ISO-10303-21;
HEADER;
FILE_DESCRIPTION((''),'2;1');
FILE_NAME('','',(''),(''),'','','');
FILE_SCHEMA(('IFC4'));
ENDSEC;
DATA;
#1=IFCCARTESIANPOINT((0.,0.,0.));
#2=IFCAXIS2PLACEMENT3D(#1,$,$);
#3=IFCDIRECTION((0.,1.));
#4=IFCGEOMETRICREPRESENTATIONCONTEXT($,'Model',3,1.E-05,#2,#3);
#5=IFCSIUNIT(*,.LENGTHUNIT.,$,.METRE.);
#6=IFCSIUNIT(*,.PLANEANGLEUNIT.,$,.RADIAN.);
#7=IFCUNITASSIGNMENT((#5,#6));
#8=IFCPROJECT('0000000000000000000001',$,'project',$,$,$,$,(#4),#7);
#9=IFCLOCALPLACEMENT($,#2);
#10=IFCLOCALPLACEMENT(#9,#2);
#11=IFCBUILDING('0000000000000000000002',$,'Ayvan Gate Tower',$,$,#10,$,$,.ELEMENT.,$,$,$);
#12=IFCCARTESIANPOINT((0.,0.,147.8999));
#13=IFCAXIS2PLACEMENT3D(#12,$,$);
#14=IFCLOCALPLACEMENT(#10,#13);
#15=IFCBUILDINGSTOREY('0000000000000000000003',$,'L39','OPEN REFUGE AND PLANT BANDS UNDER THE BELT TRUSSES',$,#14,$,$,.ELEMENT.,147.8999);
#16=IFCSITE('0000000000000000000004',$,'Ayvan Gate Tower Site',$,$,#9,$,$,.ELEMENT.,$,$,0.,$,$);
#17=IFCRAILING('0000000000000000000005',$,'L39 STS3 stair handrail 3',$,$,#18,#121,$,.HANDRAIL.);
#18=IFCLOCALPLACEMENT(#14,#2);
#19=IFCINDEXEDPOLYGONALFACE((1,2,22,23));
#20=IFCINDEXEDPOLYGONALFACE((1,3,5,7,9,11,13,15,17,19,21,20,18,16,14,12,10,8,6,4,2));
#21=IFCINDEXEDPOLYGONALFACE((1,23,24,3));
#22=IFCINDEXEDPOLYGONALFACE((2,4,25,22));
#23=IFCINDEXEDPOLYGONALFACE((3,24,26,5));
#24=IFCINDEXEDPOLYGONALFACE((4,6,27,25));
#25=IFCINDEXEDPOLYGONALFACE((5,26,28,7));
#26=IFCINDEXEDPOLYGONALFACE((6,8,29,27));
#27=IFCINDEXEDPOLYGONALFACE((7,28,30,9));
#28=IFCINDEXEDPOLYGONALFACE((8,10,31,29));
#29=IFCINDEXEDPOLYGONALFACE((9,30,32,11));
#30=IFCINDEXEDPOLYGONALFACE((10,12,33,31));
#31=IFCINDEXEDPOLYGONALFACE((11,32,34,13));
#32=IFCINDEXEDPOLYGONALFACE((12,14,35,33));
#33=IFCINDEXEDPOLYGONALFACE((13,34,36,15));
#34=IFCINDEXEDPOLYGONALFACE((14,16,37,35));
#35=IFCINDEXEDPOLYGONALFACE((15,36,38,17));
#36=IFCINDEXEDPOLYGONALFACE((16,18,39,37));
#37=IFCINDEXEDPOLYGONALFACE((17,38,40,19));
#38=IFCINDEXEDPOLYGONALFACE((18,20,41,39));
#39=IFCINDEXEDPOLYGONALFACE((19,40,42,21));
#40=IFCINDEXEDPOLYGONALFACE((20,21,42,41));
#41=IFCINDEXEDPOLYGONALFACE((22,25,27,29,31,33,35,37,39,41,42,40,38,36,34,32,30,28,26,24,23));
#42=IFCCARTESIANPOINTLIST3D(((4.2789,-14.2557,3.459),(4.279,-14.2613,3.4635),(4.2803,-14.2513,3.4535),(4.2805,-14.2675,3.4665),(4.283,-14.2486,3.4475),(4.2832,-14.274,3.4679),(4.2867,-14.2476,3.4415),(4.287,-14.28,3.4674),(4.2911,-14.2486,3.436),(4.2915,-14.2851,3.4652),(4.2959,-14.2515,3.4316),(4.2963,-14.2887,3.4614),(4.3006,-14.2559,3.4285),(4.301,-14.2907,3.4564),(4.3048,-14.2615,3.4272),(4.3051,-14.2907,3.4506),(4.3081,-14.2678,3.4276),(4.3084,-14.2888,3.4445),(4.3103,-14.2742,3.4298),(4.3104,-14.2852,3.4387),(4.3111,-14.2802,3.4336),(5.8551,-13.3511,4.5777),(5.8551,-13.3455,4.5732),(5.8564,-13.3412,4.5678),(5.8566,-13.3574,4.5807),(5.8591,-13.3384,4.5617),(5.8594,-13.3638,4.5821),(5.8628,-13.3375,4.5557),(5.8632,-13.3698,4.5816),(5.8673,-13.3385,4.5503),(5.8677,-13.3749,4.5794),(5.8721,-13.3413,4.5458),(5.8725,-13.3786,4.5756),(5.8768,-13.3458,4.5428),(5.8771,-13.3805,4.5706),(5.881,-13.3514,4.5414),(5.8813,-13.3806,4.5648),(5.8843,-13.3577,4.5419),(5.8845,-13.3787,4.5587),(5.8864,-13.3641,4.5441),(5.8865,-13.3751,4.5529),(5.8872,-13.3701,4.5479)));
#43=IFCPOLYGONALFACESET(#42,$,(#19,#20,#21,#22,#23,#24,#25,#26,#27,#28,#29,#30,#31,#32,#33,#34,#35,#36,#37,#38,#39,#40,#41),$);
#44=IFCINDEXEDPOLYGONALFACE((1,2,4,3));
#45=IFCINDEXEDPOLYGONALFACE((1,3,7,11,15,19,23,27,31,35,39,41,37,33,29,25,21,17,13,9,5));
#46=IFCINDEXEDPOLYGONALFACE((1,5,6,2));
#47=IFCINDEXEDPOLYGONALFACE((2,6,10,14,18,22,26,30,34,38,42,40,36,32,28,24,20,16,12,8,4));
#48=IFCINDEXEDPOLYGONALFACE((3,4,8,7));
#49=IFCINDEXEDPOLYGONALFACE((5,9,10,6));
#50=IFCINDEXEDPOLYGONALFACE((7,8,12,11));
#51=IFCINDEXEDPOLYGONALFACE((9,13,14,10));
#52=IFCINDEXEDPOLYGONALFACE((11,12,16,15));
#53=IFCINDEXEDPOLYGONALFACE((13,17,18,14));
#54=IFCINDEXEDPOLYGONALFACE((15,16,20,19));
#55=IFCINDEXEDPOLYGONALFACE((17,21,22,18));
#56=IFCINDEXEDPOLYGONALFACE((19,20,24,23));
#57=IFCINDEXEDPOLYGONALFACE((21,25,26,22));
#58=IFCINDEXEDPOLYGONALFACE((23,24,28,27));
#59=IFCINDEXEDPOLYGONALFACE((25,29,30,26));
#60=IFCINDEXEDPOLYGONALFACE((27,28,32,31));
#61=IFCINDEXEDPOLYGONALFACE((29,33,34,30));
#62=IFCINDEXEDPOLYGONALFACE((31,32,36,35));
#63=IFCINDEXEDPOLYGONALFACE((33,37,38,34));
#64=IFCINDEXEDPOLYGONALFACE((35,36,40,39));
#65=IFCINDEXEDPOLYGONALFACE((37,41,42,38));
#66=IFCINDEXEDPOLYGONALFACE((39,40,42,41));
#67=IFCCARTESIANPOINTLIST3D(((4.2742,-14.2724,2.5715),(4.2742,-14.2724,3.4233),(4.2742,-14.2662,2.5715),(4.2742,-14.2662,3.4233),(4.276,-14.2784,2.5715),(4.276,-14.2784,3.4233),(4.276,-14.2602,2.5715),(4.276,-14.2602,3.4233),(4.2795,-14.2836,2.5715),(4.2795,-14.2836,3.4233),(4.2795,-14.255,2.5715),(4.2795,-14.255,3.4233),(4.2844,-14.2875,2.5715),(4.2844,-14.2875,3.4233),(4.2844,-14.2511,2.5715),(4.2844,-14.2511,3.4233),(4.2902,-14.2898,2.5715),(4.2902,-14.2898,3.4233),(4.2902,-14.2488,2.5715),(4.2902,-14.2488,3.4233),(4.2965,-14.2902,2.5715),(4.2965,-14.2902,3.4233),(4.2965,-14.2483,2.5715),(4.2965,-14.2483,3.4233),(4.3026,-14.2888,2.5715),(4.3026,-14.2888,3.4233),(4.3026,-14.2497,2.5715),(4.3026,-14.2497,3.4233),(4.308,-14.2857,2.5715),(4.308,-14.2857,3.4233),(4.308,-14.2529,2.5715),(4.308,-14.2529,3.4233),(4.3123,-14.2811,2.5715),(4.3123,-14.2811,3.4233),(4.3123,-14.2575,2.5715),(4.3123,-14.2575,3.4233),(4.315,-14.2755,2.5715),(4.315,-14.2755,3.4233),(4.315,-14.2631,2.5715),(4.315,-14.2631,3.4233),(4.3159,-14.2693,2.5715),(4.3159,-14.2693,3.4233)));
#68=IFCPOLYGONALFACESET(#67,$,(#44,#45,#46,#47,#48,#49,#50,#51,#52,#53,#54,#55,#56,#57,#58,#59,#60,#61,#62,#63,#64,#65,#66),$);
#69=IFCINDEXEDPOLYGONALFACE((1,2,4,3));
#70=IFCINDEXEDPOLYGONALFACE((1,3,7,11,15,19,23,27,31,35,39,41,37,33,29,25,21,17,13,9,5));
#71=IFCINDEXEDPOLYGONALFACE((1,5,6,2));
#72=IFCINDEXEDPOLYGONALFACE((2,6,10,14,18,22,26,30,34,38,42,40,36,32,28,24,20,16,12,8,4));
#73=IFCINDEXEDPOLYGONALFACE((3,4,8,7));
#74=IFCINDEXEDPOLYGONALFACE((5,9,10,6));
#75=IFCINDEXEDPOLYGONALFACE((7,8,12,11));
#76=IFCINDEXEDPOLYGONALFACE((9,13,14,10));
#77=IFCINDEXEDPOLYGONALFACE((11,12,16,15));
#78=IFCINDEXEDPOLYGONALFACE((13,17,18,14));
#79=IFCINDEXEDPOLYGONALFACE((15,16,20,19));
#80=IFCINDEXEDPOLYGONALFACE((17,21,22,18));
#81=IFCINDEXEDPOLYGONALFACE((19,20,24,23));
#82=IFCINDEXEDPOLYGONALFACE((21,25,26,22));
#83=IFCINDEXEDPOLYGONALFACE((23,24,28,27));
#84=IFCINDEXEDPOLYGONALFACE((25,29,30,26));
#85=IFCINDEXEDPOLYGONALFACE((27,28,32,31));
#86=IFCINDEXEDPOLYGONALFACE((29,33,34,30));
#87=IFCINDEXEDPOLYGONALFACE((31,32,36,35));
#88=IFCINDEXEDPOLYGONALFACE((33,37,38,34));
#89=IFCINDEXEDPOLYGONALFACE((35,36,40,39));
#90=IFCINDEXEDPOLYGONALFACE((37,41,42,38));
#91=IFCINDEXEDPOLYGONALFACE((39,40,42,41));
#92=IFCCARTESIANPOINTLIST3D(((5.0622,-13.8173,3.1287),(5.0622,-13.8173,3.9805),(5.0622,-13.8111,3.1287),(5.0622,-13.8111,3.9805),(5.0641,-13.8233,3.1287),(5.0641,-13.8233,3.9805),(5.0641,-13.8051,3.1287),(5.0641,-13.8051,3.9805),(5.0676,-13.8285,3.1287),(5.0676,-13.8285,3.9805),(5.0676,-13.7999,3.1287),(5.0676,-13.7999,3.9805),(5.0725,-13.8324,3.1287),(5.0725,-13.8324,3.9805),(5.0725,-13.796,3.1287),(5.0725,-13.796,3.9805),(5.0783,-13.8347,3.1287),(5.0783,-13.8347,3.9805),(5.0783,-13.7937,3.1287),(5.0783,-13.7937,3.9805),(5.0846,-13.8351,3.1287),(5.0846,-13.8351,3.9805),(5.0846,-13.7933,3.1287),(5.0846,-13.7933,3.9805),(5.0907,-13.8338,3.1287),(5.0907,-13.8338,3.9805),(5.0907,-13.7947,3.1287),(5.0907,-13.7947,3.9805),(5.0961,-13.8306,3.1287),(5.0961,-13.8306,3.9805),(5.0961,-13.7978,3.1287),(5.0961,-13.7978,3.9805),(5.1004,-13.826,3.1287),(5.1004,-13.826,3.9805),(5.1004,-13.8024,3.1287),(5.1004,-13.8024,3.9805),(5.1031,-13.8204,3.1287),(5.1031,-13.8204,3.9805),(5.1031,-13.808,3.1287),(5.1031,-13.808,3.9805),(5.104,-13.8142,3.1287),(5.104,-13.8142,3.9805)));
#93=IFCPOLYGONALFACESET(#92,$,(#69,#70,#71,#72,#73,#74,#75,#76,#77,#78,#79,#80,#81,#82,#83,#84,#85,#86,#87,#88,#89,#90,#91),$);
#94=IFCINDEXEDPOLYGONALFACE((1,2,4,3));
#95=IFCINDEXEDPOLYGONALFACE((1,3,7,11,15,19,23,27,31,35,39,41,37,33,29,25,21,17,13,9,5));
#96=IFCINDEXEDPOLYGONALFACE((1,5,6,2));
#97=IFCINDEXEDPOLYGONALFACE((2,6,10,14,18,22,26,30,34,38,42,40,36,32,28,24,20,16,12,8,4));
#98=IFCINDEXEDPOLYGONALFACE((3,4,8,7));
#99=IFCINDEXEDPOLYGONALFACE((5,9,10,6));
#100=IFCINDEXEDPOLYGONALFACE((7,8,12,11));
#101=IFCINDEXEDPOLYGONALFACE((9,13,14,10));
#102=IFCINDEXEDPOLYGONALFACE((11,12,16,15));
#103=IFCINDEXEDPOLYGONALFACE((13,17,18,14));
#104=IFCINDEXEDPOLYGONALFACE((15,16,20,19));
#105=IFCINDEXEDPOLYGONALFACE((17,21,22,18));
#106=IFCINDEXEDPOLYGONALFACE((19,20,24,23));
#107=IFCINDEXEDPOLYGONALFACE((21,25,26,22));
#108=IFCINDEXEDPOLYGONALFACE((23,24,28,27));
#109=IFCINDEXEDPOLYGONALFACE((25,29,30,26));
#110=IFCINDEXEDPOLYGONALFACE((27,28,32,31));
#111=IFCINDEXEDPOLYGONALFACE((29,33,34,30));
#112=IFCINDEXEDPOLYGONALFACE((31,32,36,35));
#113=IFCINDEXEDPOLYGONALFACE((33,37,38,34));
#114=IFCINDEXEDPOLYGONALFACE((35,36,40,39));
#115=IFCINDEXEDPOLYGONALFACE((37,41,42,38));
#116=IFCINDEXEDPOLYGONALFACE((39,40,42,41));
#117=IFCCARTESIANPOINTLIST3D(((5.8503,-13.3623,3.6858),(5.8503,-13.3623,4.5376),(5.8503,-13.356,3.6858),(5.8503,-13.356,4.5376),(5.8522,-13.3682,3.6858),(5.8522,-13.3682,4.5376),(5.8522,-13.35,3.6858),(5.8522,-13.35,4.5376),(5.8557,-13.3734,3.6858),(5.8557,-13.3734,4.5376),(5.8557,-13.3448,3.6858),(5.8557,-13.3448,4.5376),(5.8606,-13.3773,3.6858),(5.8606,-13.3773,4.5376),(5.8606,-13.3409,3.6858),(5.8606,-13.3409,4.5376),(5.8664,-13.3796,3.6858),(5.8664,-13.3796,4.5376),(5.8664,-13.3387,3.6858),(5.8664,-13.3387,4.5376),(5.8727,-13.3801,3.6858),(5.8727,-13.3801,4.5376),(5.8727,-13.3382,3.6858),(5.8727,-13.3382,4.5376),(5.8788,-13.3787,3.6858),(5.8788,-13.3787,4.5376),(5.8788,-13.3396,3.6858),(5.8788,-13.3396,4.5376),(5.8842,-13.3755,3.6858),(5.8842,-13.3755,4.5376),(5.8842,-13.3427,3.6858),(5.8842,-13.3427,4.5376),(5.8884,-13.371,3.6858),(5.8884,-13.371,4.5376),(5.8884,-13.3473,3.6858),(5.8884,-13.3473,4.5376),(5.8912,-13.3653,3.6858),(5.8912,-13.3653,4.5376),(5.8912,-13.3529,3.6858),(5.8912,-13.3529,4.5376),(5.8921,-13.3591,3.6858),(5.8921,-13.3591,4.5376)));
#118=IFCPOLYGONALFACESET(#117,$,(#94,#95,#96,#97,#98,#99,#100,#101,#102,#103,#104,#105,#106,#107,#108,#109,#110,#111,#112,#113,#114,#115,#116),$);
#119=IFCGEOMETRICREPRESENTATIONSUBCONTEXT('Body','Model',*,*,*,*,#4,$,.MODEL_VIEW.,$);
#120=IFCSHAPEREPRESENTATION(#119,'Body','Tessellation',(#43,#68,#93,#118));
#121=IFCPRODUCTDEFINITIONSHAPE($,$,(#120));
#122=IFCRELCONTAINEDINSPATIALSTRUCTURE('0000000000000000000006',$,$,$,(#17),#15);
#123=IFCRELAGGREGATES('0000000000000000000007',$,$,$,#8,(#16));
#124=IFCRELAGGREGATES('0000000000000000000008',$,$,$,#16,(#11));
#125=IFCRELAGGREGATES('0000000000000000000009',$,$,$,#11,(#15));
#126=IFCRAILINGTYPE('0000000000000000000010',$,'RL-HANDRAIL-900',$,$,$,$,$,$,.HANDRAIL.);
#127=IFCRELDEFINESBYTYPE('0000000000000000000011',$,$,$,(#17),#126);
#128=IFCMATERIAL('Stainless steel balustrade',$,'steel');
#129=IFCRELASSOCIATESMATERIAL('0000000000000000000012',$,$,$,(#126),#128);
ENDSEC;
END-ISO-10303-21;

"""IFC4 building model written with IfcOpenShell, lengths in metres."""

from ifc_helpers import new_model, si_unit, direction, frame, origin, origin_2d, place, context, subcontext, project, spatial, circle, extrude, material, type_object, element, save


model = new_model("IFC4")

# Units and contexts
model_context = context("Model", 3, precision=1e-05, world=origin(), true_north=direction((0.0, 1.0)))
body_context = subcontext(model_context, "Body", "Model", "MODEL_VIEW")
ifc_project = project(units=[si_unit("LENGTHUNIT", "METRE"), si_unit("PLANEANGLEUNIT", "RADIAN")], contexts=[model_context])

# Site, building, storey
site_placement = place(None, origin())
site = spatial("IfcSite", under=ifc_project, at=site_placement, Name="Ayvan Gate Tower Site", CompositionType="ELEMENT", RefElevation=0.0)
building_placement = place(site_placement, origin())
building = spatial("IfcBuilding", under=site, at=building_placement, Name="Ayvan Gate Tower", CompositionType="ELEMENT")
storey_placement = place(building_placement, frame((0.0, 0.0, 147.8999)))
storey = spatial("IfcBuildingStorey", under=building, at=storey_placement, Name="L39", Description="OPEN REFUGE AND PLANT BANDS UNDER THE BELT TRUSSES", CompositionType="ELEMENT", Elevation=147.8999)

# Railing
ifc_material_1 = material(Name="Stainless steel balustrade", Category="steel")
railing_type_1 = type_object("IfcRailingType", Name="RL-HANDRAIL-900", PredefinedType="HANDRAIL", material=ifc_material_1)
railing_1_placement = place(storey_placement, frame((4.2949, -14.2693, 2.5715)))
element("IfcRailing", 1, at=railing_1_placement, inside=storey, type_object=railing_type_1, Name="L39 STS3 stair handrail 3", PredefinedType="HANDRAIL", context=body_context, shape_type="SweptSolid", body=[
    extrude(circle(Radius=0.0239, at=origin_2d()), frame((0.0, 0.0, 0.876), z_axis=(0.738574, 0.426488, 0.522127), x_axis=(-0.500063, 0.865989, 0.0)), (0.0, 0.0, 1.0), 2.134),
    extrude(circle(Radius=0.021, at=origin_2d()), origin(), (0.0, 0.0, 1.0), 0.8518),
    extrude(circle(Radius=0.021, at=origin_2d()), frame((0.7881, 0.4551, 0.5571)), (0.0, 0.0, 1.0), 0.8518),
    extrude(circle(Radius=0.021, at=origin_2d()), frame((1.5762, 0.9102, 1.1143)), (0.0, 0.0, 1.0), 0.8518),
])

save(model, "model.ifc")
